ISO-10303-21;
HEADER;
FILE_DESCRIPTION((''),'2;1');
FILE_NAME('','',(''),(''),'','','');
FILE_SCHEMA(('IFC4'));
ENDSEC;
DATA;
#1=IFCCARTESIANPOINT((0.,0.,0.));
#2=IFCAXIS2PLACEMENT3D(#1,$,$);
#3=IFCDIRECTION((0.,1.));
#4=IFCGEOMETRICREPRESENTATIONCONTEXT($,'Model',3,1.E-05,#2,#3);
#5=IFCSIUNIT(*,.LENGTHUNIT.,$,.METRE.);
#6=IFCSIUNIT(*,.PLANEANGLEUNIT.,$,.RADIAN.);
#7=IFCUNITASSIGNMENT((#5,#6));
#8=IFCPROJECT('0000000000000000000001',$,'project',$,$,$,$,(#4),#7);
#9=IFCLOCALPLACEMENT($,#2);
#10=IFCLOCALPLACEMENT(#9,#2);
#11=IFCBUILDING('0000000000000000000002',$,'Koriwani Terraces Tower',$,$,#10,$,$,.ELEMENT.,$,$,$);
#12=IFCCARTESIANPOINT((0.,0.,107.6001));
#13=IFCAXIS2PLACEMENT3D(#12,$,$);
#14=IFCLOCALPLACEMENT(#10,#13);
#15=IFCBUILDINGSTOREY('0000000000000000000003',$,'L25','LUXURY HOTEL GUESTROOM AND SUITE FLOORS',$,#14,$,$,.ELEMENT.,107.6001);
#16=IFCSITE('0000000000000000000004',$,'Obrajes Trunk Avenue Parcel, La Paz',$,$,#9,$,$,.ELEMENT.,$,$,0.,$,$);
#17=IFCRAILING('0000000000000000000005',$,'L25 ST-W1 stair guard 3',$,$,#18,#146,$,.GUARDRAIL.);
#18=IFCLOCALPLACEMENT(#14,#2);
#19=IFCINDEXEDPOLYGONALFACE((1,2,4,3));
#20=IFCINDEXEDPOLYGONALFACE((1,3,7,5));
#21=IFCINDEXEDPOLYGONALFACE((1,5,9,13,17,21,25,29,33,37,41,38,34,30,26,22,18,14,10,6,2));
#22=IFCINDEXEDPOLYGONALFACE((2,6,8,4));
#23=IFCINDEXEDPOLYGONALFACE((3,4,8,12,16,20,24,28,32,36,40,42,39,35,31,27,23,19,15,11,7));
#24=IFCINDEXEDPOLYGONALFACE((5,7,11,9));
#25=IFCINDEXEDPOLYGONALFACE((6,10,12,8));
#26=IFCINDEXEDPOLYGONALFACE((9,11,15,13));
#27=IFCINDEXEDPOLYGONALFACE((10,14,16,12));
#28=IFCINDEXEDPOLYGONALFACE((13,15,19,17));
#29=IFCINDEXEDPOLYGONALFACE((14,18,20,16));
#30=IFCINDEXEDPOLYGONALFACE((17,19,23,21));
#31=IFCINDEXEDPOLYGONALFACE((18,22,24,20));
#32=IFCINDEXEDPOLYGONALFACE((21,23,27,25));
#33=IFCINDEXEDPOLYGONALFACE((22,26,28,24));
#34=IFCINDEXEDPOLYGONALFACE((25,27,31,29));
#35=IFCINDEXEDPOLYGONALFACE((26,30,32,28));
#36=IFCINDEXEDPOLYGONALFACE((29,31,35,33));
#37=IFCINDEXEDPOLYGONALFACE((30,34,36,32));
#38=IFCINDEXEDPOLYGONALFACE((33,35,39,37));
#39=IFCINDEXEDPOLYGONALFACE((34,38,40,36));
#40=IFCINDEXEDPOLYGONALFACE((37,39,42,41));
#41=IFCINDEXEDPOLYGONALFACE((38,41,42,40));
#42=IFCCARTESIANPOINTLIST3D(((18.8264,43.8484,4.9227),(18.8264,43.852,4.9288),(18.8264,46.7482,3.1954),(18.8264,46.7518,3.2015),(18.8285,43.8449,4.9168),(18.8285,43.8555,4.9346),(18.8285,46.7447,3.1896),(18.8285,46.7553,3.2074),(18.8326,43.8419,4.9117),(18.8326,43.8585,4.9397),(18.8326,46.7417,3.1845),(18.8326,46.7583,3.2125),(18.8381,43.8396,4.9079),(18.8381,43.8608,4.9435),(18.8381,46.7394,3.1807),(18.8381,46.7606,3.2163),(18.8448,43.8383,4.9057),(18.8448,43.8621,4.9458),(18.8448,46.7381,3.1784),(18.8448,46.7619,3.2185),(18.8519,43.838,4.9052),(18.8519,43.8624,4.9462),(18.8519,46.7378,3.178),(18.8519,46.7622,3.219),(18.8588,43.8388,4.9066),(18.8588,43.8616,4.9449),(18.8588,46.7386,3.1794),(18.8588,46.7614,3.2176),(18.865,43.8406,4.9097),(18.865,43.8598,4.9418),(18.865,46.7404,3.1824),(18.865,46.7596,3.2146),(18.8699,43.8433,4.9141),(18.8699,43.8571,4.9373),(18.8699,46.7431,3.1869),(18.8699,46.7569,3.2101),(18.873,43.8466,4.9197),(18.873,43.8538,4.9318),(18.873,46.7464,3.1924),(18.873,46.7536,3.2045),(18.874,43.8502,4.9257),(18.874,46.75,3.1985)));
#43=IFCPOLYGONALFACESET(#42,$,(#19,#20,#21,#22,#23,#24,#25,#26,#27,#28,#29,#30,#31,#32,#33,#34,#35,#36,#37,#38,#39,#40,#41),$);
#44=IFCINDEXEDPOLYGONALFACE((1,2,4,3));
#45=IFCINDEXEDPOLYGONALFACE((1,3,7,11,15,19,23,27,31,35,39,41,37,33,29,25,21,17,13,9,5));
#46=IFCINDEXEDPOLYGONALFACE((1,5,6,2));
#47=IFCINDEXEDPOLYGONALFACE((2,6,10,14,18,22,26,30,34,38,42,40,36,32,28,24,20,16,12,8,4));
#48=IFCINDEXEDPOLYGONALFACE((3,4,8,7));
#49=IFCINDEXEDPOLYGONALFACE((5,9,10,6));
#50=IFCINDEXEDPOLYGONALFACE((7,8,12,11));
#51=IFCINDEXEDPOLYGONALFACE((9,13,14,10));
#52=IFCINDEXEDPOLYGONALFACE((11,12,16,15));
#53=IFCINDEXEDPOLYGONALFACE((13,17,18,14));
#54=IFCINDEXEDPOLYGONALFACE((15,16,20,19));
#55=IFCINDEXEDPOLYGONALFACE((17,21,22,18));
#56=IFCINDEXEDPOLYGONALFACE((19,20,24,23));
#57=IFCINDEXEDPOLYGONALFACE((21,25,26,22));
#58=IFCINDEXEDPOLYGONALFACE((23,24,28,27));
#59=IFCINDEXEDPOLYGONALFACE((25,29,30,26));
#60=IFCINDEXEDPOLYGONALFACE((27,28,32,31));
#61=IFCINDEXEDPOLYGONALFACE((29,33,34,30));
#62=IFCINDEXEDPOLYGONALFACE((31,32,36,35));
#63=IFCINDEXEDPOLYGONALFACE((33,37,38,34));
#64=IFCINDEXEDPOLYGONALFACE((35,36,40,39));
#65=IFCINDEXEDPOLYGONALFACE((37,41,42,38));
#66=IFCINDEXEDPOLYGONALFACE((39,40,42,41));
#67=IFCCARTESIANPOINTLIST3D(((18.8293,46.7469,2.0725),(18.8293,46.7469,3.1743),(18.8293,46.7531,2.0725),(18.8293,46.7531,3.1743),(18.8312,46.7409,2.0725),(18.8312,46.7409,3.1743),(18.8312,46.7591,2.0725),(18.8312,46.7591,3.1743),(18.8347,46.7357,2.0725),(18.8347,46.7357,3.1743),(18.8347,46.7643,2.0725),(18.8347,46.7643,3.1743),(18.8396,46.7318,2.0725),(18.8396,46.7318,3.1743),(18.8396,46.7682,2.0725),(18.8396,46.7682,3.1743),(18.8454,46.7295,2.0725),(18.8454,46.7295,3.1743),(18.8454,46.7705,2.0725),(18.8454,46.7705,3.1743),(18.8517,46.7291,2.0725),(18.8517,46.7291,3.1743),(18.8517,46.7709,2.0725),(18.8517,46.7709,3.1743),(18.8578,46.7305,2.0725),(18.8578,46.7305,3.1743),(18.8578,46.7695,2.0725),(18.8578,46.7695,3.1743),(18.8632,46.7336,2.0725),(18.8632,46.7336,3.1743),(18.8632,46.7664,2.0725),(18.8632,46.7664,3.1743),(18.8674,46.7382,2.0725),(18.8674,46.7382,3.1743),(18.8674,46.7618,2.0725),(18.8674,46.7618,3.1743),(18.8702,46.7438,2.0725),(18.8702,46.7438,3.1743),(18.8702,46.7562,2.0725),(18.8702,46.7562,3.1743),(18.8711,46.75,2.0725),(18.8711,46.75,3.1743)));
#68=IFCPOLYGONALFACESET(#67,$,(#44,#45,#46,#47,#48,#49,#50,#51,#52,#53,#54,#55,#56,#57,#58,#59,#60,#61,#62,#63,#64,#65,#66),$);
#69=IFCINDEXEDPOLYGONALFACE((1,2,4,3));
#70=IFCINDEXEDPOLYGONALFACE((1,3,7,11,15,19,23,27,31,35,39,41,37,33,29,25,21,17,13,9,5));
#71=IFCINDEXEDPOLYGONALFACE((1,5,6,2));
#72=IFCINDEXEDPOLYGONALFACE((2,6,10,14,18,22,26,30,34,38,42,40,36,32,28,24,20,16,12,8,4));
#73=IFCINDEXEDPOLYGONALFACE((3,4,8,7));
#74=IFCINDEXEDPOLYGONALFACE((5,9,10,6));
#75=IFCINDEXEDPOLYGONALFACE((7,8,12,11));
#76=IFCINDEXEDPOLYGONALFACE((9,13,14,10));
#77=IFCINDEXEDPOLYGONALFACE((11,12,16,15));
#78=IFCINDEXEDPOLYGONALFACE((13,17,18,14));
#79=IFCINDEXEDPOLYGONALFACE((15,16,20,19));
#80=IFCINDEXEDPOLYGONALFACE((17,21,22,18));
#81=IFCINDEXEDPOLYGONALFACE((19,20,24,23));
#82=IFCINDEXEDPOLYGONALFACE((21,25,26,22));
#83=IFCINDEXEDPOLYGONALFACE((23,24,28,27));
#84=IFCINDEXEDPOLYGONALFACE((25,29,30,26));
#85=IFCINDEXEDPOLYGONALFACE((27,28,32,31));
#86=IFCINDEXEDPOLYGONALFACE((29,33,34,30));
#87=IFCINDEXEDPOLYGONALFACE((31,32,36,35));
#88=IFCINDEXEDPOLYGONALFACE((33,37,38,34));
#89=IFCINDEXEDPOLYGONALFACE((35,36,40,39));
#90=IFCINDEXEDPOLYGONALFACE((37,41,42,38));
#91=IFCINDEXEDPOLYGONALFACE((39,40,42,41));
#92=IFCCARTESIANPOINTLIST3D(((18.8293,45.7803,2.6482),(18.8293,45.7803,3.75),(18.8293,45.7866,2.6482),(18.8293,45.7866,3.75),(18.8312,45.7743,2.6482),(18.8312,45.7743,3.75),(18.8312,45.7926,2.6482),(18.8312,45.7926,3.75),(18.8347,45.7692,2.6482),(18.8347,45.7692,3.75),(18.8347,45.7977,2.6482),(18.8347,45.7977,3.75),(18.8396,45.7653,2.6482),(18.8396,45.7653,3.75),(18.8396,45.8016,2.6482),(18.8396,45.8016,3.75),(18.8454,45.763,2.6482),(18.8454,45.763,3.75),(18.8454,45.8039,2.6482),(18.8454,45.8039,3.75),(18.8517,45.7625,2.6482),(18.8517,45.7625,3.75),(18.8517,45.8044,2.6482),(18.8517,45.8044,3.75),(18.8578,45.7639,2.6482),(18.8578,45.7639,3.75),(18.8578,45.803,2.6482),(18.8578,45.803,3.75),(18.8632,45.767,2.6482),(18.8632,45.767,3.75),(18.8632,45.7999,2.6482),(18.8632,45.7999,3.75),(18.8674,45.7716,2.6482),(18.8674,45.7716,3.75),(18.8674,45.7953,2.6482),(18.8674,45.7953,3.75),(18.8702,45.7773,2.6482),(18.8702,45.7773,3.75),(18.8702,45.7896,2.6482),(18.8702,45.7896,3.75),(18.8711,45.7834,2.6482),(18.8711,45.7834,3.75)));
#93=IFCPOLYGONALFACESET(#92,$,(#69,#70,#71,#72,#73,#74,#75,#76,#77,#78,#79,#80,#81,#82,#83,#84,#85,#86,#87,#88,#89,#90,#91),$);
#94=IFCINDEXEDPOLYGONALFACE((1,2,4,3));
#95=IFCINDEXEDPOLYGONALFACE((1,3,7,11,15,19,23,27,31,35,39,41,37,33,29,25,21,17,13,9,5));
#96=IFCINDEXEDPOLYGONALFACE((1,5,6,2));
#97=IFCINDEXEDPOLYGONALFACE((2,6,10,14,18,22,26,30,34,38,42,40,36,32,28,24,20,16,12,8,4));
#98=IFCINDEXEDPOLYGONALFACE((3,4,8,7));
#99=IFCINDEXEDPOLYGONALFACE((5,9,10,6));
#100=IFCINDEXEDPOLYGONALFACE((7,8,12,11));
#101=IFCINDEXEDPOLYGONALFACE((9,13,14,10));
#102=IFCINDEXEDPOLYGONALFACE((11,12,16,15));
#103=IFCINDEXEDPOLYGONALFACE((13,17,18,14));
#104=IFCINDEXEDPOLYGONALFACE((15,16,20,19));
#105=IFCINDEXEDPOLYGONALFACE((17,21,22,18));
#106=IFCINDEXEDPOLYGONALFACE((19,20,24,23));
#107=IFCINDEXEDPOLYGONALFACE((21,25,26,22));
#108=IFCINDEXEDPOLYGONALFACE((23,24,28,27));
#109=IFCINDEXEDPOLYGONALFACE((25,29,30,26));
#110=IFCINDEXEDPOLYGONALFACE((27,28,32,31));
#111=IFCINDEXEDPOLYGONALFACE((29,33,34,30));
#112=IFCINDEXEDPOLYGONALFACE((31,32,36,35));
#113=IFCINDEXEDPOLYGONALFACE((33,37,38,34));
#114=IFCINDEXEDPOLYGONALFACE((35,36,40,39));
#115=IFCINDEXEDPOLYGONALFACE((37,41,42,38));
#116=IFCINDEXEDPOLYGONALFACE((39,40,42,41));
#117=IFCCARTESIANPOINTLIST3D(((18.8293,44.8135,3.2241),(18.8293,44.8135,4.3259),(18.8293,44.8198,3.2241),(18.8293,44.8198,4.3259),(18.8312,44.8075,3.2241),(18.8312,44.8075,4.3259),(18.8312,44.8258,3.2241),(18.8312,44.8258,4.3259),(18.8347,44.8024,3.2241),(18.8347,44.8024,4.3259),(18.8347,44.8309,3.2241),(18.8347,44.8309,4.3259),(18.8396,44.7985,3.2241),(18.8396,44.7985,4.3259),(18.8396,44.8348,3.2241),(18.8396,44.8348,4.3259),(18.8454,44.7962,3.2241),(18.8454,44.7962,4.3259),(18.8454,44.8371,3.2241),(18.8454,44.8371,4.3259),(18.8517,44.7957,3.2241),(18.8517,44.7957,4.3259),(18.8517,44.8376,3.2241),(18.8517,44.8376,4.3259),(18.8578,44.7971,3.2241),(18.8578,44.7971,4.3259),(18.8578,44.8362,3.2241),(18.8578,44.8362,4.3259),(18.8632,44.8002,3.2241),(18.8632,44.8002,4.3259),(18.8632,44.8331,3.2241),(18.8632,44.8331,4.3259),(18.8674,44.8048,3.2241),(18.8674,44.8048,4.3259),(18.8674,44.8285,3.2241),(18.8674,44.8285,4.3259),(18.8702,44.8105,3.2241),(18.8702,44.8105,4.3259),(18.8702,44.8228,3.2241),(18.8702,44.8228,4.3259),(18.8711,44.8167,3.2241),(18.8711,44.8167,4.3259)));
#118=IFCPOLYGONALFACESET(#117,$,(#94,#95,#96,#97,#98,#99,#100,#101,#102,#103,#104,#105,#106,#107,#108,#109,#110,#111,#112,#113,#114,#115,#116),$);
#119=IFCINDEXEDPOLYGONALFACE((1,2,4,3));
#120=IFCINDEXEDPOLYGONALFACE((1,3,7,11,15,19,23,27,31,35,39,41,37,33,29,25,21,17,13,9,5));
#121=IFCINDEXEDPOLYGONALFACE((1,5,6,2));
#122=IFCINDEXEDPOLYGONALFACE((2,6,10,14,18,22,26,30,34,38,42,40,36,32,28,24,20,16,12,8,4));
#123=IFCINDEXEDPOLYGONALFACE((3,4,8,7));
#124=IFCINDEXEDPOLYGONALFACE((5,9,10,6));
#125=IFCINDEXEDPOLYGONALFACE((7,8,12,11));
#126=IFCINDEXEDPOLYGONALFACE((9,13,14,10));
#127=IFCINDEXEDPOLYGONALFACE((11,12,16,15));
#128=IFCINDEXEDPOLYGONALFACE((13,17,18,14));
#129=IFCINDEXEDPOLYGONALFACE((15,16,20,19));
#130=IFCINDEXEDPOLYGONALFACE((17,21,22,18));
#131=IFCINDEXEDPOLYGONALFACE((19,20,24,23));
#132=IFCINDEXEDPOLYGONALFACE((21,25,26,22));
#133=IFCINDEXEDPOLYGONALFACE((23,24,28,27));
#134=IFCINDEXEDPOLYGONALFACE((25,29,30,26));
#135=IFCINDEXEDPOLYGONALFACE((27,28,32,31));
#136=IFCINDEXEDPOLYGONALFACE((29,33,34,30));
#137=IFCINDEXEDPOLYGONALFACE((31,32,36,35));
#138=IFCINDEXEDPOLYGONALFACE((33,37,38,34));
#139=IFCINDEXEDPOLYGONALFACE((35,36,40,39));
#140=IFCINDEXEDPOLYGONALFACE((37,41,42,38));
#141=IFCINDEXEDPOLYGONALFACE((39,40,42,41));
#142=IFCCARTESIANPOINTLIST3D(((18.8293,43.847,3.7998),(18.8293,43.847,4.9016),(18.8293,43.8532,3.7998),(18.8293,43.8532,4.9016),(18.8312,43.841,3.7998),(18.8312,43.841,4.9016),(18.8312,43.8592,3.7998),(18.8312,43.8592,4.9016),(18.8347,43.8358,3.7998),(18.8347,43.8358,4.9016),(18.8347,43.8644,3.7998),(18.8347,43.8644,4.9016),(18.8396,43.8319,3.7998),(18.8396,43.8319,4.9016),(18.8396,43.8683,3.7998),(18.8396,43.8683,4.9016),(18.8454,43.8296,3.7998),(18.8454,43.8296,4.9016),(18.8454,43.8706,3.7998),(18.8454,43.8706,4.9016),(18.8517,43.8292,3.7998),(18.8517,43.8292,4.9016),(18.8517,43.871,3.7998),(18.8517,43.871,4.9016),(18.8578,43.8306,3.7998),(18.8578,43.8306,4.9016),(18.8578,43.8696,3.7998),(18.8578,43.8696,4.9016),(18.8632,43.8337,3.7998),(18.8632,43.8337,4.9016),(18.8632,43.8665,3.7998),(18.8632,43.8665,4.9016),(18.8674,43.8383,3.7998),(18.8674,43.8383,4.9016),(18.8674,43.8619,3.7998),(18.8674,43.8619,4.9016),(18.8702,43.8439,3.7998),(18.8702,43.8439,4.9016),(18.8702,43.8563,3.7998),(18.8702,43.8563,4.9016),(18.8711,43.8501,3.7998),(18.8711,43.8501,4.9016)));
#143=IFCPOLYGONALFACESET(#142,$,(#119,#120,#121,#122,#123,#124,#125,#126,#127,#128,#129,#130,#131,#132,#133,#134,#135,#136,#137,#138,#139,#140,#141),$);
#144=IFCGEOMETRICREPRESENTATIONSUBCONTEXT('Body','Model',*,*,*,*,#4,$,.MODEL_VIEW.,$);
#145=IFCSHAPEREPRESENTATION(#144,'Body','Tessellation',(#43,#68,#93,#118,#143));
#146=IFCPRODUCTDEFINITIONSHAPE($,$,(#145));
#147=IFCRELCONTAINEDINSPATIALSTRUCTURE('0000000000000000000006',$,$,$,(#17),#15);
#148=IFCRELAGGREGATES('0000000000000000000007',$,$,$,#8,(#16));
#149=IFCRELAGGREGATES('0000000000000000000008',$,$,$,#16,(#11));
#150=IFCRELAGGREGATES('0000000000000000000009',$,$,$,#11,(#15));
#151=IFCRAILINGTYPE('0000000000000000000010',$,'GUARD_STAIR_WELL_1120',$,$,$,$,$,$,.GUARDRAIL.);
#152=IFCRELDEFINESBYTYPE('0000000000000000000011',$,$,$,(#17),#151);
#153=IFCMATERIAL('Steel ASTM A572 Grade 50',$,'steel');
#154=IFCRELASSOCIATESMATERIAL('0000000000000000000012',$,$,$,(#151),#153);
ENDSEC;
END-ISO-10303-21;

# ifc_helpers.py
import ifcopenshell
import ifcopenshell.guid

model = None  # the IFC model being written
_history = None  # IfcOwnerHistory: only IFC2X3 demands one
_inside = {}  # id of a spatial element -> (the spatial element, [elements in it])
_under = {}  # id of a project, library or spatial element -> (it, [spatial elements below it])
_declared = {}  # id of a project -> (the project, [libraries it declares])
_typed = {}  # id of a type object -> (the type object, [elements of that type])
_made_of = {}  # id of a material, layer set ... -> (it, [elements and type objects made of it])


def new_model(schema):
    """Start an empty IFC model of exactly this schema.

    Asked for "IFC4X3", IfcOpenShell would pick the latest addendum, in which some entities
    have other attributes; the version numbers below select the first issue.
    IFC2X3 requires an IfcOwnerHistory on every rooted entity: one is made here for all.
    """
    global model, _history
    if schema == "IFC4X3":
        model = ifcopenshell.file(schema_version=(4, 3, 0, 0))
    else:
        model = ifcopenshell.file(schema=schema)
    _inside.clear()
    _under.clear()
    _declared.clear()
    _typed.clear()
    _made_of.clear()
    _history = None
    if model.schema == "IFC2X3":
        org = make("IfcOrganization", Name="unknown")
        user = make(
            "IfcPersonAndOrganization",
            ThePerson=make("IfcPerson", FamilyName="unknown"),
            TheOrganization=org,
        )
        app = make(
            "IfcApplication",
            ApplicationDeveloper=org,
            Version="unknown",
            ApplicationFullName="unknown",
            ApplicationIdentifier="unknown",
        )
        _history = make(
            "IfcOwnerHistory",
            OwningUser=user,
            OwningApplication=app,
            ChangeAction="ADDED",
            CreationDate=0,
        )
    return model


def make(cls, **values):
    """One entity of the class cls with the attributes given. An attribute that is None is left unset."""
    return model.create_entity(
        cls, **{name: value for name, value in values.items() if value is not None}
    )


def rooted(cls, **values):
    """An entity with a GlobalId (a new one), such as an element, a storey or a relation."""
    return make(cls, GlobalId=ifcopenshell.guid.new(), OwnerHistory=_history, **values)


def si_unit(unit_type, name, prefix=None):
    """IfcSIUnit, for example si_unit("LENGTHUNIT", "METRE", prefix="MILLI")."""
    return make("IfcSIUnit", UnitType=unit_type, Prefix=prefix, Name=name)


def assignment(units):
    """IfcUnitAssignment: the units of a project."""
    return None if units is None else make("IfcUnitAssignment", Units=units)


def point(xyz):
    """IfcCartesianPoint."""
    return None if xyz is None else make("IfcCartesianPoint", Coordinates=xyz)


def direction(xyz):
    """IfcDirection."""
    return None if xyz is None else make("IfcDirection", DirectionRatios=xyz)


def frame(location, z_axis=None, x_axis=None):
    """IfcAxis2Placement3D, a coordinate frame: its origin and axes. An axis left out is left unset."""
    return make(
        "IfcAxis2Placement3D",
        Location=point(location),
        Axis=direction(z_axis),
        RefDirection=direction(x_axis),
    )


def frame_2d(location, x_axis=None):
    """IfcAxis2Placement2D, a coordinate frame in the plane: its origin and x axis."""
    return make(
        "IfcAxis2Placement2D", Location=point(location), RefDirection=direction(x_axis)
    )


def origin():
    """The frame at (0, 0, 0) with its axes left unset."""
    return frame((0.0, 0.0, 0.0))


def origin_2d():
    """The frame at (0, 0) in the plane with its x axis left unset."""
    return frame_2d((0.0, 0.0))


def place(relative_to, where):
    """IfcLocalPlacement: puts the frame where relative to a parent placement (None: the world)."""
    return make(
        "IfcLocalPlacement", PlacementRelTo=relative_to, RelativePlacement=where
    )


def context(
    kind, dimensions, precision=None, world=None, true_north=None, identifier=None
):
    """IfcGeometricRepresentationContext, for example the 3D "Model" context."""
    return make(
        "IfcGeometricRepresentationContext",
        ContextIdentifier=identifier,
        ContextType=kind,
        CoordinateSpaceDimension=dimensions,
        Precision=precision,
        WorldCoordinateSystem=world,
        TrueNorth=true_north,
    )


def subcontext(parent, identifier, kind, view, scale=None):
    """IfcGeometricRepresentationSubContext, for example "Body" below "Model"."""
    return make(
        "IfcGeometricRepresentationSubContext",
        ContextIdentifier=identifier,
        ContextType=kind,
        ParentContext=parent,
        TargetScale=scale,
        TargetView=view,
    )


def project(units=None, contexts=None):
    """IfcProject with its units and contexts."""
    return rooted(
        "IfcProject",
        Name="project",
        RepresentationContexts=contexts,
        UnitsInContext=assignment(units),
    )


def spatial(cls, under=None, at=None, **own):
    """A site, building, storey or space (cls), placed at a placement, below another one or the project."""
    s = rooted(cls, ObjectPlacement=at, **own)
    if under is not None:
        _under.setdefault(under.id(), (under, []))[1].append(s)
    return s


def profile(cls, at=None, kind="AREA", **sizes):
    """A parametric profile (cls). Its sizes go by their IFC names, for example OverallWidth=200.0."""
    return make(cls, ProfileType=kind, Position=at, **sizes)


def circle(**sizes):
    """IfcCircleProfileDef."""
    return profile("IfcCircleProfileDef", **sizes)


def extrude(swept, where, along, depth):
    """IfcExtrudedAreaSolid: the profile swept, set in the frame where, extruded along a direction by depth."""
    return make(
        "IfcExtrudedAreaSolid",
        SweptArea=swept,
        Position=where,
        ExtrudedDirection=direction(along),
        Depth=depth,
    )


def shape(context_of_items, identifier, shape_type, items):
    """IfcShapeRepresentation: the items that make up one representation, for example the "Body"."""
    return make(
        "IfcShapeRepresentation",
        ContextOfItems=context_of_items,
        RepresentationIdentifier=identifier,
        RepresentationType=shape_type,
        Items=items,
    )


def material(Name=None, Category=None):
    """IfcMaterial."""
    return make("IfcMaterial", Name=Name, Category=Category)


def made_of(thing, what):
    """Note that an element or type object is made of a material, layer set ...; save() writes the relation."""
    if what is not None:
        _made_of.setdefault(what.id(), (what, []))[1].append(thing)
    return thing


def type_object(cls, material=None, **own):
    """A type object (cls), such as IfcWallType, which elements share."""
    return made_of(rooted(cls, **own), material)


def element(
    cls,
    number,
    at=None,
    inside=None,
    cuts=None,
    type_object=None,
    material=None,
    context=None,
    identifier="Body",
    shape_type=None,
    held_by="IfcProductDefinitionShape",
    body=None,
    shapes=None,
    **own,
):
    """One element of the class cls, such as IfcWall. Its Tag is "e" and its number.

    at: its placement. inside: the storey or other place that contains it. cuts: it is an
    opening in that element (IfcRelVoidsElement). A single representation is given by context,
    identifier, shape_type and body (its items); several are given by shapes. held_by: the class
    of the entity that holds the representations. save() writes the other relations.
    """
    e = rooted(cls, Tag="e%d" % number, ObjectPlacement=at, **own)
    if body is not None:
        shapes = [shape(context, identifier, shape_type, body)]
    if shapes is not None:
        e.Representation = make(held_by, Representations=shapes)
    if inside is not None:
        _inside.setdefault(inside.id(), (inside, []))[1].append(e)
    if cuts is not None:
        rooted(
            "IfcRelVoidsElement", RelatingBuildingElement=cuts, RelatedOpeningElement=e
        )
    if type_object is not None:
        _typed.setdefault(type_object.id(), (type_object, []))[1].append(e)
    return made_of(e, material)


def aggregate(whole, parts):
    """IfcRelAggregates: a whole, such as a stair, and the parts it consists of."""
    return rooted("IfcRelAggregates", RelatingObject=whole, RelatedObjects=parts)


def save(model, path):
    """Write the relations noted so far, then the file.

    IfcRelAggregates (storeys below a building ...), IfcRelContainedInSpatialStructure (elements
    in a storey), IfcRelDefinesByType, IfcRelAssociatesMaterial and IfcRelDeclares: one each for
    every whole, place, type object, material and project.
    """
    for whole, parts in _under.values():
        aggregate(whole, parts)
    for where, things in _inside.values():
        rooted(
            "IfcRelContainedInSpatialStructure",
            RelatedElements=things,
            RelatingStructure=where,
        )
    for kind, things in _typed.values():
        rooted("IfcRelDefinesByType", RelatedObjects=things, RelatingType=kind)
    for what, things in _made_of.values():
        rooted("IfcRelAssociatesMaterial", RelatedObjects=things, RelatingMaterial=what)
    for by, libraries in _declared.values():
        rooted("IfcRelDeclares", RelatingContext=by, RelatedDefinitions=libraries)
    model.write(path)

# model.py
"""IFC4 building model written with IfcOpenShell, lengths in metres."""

from ifc_helpers import new_model, si_unit, direction, frame, origin, origin_2d, place, context, subcontext, project, spatial, circle, extrude, material, type_object, element, save


model = new_model("IFC4")

# Units and contexts
model_context = context("Model", 3, precision=1e-05, world=origin(), true_north=direction((0.0, 1.0)))
body_context = subcontext(model_context, "Body", "Model", "MODEL_VIEW")
ifc_project = project(units=[si_unit("LENGTHUNIT", "METRE"), si_unit("PLANEANGLEUNIT", "RADIAN")], contexts=[model_context])

# Site, building, storey
site_placement = place(None, origin())
site = spatial("IfcSite", under=ifc_project, at=site_placement, Name="Obrajes Trunk Avenue Parcel, La Paz", CompositionType="ELEMENT", RefElevation=0.0)
building_placement = place(site_placement, origin())
building = spatial("IfcBuilding", under=site, at=building_placement, Name="Koriwani Terraces Tower", CompositionType="ELEMENT")
storey_placement = place(building_placement, frame((0.0, 0.0, 107.6001)))
storey = spatial("IfcBuildingStorey", under=building, at=storey_placement, Name="L25", Description="LUXURY HOTEL GUESTROOM AND SUITE FLOORS", CompositionType="ELEMENT", Elevation=107.6001)

# Shared definitions
ifc_material_1 = material(Name="Steel ASTM A572 Grade 50", Category="steel")

# Railing
railing_type_1 = type_object("IfcRailingType", Name="GUARD_STAIR_WELL_1120", PredefinedType="GUARDRAIL", material=ifc_material_1)
railing_1_placement = place(storey_placement, frame((18.8501, 46.75, 2.0725)))
element("IfcRailing", 1, at=railing_1_placement, inside=storey, type_object=railing_type_1, Name="L25 ST-W1 stair guard 3", PredefinedType="GUARDRAIL", context=body_context, shape_type="SweptSolid", body=[
    extrude(circle(Radius=0.0239, at=origin_2d()), frame((0.0, 0.0, 1.126), z_axis=(0.0, -0.859141, 0.511738), x_axis=(1.0, 0.0, 0.0)), (0.0, 0.0, 1.0), 3.3752),
    extrude(circle(Radius=0.021, at=origin_2d()), origin(), (0.0, 0.0, 1.0), 1.1018),
    extrude(circle(Radius=0.021, at=origin_2d()), frame((0.0, -0.9666, 0.5757)), (0.0, 0.0, 1.0), 1.1018),
    extrude(circle(Radius=0.021, at=origin_2d()), frame((0.0, -1.9333, 1.1516)), (0.0, 0.0, 1.0), 1.1018),
    extrude(circle(Radius=0.021, at=origin_2d()), frame((0.0, -2.8999, 1.7273)), (0.0, 0.0, 1.0), 1.1018),
])

save(model, "model.ifc")
